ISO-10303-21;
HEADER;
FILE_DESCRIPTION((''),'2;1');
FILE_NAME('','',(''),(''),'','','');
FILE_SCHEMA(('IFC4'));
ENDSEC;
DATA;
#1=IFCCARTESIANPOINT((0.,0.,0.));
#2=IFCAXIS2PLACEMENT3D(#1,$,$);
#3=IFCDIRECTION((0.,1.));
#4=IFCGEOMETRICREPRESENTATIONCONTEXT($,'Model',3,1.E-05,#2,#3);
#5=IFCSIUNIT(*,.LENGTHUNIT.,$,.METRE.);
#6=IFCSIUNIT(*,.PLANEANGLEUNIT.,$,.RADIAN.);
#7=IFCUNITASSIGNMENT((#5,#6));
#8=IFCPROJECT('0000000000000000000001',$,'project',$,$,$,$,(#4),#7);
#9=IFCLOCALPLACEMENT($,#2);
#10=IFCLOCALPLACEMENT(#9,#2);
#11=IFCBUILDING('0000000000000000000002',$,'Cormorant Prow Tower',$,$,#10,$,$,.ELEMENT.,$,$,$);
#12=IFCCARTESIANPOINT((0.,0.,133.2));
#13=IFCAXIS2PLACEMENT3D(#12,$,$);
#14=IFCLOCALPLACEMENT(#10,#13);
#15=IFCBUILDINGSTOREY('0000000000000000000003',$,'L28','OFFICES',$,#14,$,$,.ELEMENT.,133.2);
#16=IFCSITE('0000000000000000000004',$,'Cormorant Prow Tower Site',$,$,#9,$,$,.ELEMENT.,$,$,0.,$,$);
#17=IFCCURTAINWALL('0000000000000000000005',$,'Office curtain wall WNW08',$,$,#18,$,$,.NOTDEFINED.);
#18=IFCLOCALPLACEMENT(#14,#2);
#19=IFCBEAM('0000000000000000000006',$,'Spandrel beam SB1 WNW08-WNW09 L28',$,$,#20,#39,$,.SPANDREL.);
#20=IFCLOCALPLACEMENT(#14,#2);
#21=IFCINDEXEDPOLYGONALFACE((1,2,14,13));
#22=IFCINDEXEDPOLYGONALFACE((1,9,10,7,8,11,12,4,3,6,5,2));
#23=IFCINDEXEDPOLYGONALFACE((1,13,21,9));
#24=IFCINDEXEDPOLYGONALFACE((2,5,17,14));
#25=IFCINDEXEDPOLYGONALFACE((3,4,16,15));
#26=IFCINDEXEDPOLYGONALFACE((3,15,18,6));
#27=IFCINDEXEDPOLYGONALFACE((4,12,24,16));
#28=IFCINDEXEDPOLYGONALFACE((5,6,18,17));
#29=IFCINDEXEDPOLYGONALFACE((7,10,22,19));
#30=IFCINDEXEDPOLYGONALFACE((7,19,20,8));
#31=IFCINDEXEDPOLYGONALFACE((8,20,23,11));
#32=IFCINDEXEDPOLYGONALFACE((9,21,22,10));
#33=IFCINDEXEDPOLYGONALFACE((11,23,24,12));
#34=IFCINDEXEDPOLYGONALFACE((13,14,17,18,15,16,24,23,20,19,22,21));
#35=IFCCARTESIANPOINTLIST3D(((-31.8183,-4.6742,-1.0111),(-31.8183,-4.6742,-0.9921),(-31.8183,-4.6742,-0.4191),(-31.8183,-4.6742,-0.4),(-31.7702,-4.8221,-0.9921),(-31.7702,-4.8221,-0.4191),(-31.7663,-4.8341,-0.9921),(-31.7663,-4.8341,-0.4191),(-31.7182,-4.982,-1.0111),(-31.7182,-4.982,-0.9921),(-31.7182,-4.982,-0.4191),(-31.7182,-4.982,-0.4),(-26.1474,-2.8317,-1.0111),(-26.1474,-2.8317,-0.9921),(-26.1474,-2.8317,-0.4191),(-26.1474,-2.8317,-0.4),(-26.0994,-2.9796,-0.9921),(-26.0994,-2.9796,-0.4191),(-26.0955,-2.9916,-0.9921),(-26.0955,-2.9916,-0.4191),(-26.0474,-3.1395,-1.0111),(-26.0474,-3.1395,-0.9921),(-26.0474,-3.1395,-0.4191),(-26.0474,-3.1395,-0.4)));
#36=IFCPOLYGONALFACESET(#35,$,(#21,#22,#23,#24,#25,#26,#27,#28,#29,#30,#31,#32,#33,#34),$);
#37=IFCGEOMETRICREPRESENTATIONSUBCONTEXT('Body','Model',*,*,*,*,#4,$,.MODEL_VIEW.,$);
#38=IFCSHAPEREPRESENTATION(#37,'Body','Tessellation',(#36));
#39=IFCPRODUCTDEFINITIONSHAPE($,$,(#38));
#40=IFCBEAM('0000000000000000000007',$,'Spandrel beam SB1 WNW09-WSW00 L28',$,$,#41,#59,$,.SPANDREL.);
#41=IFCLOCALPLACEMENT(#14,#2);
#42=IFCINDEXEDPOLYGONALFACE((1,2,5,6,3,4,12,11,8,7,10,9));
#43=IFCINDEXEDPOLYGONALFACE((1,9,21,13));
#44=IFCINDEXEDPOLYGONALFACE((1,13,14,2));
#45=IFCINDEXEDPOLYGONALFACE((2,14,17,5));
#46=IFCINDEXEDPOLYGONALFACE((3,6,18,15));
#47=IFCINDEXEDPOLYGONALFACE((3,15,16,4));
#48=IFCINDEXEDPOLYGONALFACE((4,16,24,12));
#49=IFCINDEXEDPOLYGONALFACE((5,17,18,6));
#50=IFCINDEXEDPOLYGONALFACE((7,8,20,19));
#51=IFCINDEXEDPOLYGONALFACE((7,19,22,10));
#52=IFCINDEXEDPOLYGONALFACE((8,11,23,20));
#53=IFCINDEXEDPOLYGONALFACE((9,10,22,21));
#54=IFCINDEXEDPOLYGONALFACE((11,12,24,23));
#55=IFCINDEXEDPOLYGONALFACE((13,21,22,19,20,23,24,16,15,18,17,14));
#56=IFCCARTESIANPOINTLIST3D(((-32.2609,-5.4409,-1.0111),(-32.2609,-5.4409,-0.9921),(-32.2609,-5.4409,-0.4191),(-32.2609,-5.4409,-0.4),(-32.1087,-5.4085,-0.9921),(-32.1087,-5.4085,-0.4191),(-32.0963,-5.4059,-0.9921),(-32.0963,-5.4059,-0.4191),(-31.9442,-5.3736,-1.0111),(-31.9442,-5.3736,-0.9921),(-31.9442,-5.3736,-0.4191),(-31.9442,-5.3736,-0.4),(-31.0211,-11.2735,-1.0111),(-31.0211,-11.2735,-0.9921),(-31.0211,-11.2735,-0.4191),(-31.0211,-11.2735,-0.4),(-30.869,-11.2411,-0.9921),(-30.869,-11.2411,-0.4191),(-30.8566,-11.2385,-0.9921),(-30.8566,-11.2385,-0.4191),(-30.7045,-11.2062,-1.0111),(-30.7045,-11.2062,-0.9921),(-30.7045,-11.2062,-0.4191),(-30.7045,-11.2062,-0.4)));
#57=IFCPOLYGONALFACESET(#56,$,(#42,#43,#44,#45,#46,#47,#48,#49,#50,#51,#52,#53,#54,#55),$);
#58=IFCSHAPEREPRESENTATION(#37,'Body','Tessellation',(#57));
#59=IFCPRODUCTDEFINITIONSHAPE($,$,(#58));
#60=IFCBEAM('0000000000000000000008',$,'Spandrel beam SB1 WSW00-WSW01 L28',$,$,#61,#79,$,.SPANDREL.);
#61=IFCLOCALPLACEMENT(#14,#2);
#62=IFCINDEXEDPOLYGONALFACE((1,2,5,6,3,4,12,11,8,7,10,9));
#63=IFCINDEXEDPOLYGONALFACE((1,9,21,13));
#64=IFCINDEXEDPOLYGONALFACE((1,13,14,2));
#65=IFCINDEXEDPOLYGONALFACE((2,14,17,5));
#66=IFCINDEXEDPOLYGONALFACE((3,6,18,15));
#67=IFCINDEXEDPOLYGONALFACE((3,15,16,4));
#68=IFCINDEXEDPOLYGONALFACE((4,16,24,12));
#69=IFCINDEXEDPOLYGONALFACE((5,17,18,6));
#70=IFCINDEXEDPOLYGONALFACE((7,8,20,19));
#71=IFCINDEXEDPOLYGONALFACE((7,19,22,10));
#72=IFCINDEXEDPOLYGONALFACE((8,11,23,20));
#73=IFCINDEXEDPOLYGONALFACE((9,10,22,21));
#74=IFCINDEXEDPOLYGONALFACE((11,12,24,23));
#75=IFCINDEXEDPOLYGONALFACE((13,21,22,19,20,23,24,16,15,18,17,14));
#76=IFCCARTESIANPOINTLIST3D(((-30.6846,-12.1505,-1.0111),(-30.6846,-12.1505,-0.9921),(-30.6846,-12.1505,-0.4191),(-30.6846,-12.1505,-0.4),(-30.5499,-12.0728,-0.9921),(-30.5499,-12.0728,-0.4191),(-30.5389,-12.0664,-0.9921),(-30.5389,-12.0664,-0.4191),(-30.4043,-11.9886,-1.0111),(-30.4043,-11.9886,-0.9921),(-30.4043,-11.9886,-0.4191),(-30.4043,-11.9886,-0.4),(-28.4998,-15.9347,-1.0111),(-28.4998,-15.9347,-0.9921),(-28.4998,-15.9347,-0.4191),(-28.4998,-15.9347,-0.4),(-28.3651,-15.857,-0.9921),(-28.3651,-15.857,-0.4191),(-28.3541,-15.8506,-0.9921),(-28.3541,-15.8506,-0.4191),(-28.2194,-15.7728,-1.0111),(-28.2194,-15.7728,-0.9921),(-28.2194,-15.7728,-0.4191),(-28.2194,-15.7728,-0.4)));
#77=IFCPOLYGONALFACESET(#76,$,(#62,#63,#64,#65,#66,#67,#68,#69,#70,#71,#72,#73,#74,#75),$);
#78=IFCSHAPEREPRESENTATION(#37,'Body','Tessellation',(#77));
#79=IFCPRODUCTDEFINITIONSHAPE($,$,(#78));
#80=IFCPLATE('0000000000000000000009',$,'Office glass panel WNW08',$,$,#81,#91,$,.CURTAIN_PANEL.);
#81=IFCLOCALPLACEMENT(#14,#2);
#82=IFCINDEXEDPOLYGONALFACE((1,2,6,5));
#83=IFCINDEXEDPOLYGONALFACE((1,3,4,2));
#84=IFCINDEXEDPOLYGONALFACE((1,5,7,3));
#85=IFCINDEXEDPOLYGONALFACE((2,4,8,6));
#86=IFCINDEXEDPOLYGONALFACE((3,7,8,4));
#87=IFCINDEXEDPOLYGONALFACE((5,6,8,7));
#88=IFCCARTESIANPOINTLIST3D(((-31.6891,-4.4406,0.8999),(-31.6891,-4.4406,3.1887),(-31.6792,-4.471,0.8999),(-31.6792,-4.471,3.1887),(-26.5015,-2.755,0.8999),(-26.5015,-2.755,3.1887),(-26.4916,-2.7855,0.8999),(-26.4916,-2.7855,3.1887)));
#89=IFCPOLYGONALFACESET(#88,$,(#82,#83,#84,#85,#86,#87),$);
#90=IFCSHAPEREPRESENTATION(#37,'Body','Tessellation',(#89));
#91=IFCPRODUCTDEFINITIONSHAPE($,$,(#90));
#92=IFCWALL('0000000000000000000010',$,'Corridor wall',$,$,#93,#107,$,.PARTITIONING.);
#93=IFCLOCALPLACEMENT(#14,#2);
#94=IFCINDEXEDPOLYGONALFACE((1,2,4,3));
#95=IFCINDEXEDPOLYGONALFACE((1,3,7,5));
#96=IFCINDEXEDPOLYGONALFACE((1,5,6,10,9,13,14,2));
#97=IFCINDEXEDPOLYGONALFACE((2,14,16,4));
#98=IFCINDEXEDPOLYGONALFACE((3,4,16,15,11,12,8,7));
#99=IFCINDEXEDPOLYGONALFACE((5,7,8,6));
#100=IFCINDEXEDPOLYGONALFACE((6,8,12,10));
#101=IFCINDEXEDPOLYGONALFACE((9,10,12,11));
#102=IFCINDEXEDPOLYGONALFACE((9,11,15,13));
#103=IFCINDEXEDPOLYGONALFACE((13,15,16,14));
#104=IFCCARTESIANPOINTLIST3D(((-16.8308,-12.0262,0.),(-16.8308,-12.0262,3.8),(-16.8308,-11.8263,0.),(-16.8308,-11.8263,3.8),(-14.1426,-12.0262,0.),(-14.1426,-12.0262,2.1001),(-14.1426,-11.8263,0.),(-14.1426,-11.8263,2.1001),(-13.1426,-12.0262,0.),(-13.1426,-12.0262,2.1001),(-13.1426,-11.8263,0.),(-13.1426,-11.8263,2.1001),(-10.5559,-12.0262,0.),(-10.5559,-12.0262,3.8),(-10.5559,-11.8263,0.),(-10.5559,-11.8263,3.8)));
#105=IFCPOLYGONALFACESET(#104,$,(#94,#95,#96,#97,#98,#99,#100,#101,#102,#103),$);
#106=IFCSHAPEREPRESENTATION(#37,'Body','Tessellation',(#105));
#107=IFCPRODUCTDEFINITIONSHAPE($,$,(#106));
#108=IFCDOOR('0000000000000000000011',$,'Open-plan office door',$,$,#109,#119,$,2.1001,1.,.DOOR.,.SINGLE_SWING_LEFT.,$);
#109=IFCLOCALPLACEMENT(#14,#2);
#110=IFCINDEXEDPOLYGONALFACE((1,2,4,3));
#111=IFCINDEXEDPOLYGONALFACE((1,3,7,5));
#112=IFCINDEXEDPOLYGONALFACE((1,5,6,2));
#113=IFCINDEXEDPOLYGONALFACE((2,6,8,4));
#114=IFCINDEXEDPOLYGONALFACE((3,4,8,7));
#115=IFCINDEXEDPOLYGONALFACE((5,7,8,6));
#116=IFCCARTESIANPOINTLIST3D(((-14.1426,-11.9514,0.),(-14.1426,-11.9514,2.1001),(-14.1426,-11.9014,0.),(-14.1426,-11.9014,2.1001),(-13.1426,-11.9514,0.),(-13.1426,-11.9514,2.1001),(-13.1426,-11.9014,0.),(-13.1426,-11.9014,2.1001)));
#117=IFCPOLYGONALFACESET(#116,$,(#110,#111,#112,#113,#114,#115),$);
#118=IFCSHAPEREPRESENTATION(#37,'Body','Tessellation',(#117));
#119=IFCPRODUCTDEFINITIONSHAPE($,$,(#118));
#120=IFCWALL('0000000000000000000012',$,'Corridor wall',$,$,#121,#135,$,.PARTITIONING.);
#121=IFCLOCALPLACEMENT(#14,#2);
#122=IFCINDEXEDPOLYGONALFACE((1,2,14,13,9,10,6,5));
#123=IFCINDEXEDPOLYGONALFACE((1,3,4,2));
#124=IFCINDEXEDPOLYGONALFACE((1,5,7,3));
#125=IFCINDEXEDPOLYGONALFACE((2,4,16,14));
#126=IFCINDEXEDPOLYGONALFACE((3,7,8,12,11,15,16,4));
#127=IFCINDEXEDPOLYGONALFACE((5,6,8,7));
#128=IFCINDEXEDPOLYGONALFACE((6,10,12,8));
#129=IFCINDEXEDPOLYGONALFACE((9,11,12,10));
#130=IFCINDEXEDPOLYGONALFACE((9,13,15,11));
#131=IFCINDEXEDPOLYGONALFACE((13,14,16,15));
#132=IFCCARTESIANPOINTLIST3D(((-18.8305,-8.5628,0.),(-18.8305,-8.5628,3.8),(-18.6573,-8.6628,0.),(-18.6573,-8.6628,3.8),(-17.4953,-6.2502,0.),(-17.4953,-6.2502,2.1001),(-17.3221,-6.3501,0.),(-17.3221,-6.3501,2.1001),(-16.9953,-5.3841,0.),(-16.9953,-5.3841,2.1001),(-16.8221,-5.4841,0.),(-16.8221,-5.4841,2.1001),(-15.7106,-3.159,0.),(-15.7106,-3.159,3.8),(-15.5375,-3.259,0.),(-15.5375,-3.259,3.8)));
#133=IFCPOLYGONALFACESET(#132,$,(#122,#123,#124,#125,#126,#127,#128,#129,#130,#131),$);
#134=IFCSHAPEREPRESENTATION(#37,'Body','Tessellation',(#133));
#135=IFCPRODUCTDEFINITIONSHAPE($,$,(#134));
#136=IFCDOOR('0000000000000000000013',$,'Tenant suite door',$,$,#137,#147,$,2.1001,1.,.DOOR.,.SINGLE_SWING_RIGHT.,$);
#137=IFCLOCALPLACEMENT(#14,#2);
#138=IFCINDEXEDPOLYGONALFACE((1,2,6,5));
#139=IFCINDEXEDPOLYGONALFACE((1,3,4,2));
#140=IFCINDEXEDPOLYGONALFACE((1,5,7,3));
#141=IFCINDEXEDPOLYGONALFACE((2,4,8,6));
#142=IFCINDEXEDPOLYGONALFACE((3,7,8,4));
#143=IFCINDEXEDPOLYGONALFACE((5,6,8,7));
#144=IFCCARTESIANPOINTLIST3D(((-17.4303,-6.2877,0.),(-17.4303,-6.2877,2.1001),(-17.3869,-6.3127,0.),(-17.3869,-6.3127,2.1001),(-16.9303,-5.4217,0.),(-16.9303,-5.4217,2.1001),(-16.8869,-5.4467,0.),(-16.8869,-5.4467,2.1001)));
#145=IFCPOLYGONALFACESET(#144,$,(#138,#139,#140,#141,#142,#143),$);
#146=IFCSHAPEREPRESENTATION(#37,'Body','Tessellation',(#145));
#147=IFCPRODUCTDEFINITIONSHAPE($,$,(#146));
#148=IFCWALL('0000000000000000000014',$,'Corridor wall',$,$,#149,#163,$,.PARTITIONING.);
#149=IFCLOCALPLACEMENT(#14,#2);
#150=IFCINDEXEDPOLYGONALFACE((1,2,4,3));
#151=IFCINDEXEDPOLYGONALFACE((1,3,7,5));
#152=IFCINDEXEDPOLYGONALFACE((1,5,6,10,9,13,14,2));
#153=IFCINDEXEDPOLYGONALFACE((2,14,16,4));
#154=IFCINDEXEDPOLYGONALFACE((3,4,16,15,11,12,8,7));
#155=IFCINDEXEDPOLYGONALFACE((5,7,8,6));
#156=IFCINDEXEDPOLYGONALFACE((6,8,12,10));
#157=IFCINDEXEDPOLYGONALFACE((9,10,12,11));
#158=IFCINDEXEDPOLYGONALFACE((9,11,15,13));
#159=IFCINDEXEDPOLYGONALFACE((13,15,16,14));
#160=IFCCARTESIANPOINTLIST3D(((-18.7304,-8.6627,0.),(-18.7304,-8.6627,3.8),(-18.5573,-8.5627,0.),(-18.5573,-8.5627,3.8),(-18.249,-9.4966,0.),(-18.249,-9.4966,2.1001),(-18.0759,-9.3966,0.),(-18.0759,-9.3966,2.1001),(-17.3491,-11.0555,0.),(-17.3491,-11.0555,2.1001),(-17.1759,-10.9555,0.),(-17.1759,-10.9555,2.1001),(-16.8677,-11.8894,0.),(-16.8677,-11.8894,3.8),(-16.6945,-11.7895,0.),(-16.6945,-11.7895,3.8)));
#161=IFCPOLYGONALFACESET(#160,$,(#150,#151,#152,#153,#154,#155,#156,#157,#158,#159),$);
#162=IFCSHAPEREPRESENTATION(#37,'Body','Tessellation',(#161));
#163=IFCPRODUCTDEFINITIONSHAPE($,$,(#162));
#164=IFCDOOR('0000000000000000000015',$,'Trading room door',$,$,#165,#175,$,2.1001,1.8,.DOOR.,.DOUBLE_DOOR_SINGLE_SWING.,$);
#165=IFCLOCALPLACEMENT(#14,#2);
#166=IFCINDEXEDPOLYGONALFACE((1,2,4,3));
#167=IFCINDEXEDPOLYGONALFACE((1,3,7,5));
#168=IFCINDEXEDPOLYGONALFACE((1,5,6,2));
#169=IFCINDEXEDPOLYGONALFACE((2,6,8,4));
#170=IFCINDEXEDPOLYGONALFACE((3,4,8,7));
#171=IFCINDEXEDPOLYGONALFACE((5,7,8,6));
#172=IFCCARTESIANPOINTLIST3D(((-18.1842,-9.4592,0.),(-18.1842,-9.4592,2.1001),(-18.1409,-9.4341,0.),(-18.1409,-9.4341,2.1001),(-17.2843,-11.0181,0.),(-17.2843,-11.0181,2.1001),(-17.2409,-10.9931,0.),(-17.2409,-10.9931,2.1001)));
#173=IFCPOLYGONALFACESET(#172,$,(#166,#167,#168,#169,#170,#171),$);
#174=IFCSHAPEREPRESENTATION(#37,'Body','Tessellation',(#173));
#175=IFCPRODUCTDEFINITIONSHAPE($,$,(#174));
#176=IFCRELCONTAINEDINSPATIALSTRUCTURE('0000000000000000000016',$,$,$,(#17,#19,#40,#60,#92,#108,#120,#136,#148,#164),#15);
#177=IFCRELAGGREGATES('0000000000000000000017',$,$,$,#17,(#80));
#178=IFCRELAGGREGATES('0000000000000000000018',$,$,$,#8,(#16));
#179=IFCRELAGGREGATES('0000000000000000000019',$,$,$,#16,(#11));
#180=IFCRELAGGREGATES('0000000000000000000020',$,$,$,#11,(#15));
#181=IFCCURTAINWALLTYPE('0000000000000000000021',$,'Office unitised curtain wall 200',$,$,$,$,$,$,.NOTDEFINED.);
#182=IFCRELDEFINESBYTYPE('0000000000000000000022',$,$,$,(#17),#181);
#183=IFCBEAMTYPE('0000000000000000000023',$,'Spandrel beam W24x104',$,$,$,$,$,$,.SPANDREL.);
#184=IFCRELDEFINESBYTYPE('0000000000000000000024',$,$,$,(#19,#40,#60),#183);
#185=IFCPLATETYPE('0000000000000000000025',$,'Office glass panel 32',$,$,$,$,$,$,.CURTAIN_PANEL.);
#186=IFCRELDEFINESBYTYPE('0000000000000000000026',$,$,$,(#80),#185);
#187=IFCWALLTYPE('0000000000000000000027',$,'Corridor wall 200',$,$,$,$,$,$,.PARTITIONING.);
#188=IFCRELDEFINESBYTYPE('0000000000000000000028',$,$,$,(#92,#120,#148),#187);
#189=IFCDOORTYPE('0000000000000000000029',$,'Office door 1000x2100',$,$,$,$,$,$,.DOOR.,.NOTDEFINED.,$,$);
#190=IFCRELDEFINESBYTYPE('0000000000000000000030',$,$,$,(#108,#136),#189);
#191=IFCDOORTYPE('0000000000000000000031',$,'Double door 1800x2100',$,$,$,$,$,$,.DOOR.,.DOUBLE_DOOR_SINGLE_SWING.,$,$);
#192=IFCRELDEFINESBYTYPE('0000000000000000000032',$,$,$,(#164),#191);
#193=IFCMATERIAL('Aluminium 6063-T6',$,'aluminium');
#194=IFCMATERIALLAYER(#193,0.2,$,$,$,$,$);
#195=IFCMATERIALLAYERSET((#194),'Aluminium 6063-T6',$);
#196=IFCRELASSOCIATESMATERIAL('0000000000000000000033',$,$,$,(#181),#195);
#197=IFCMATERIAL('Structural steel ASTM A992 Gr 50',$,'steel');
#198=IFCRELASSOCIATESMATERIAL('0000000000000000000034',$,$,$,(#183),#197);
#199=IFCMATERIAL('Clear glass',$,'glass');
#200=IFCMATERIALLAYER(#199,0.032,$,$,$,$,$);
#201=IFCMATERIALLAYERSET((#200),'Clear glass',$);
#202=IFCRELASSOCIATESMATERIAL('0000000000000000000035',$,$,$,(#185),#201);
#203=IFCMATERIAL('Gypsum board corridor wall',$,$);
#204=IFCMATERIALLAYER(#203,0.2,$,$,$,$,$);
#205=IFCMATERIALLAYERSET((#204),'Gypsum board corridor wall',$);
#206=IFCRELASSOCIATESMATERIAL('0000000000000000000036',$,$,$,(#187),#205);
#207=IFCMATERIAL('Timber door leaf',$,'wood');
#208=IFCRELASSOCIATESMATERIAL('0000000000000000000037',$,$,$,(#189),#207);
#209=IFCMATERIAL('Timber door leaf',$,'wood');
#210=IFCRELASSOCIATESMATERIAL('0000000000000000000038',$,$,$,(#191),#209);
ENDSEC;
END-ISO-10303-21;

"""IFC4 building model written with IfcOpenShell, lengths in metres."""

from ifc_helpers import new_model, si_unit, direction, frame, frame_2d, origin, origin_2d, place, context, subcontext, project, spatial, rectangle, i_section, extrude, material, layer, layer_set, material_profile, profile_set, type_object, element, fill, aggregate, save


model = new_model("IFC4")

# Units and contexts
model_context = context("Model", 3, precision=1e-05, world=origin(), true_north=direction((0.0, 1.0)))
body_context = subcontext(model_context, "Body", "Model", "MODEL_VIEW")
ifc_project = project(units=[si_unit("LENGTHUNIT", "METRE"), si_unit("PLANEANGLEUNIT", "RADIAN")], contexts=[model_context])

# Site, building, storey
site_placement = place(None, origin())
site = spatial("IfcSite", under=ifc_project, at=site_placement, Name="Cormorant Prow Tower Site", CompositionType="ELEMENT", RefElevation=0.0)
building_placement = place(site_placement, origin())
building = spatial("IfcBuilding", under=site, at=building_placement, Name="Cormorant Prow Tower", CompositionType="ELEMENT")
storey_placement = place(building_placement, frame((0.0, 0.0, 133.2)))
storey = spatial("IfcBuildingStorey", under=building, at=storey_placement, Name="L28", Description="OFFICES", CompositionType="ELEMENT", Elevation=133.2)

# Curtain wall
ifc_material_1 = material(Name="Aluminium 6063-T6", Category="aluminium")
ifc_layer_1 = layer(ifc_material_1, 0.2)
ifc_layer_set_1 = layer_set([ifc_layer_1], Name="Aluminium 6063-T6")
curtain_wall_type = type_object("IfcCurtainWallType", Name="Office unitised curtain wall 200", PredefinedType="NOTDEFINED", material=ifc_layer_set_1)
curtain_wall_placement = place(storey_placement, origin())
curtain_wall = element("IfcCurtainWall", 1, at=curtain_wall_placement, inside=storey, type_object=curtain_wall_type, Name="Office curtain wall WNW08", PredefinedType="NOTDEFINED")

# Beams
ifc_material_2 = material(Name="Structural steel ASTM A992 Gr 50", Category="steel")
ifc_material_profile_1 = material_profile(ifc_material_2, i_section(OverallWidth=0.3237, OverallDepth=0.6111, WebThickness=0.0127, FlangeThickness=0.019, at=origin_2d()), Name="W24x104")
ifc_profile_set_1 = profile_set([ifc_material_profile_1], Name="Structural steel ASTM A992 Gr 50")
beam_type_1 = type_object("IfcBeamType", Name="Spandrel beam W24x104", PredefinedType="SPANDREL", material=ifc_profile_set_1)
beam_1_placement = place(storey_placement, frame((-26.0974, -2.9856, -0.7056), z_axis=(-0.951059, -0.309008, 0.0), x_axis=(0.309008, -0.951059, 0.0)))
element("IfcBeam", 2, at=beam_1_placement, inside=storey, type_object=beam_type_1, Name="Spandrel beam SB1 WNW08-WNW09 L28", PredefinedType="SPANDREL", context=body_context, shape_type="SweptSolid", body=[
    extrude(i_section(OverallWidth=0.3237, OverallDepth=0.6111, WebThickness=0.0127, FlangeThickness=0.019, at=origin_2d()), origin(), (0.0, 0.0, 1.0), 5.9626),
])
beam_2_placement = place(storey_placement, frame((-32.1025, -5.4072, -0.7056), z_axis=(0.207913, -0.978147, 0.0), x_axis=(0.978147, 0.207913, 0.0)))
element("IfcBeam", 3, at=beam_2_placement, inside=storey, type_object=beam_type_1, Name="Spandrel beam SB1 WNW09-WSW00 L28", PredefinedType="SPANDREL", context=body_context, shape_type="SweptSolid", body=[
    extrude(i_section(OverallWidth=0.3237, OverallDepth=0.6111, WebThickness=0.0127, FlangeThickness=0.019, at=origin_2d()), origin(), (0.0, 0.0, 1.0), 5.9629),
])
beam_3_placement = place(storey_placement, frame((-30.5444, -12.0696, -0.7056), z_axis=(0.500003, -0.866024, 0.0), x_axis=(0.866024, 0.500003, 0.0)))
element("IfcBeam", 4, at=beam_3_placement, inside=storey, type_object=beam_type_1, Name="Spandrel beam SB1 WSW00-WSW01 L28", PredefinedType="SPANDREL", context=body_context, shape_type="SweptSolid", body=[
    extrude(i_section(OverallWidth=0.3237, OverallDepth=0.6111, WebThickness=0.0127, FlangeThickness=0.019, at=origin_2d()), origin(), (0.0, 0.0, 1.0), 4.3696),
])

# Plate
ifc_material_3 = material(Name="Clear glass", Category="glass")
ifc_layer_2 = layer(ifc_material_3, 0.032)
ifc_layer_set_2 = layer_set([ifc_layer_2], Name="Clear glass")
plate_type = type_object("IfcPlateType", Name="Office glass panel 32", PredefinedType="CURTAIN_PANEL", material=ifc_layer_set_2)
plate_placement = place(storey_placement, frame((-29.0903, -3.613, 0.8999), z_axis=(0.0, 0.0, 1.0), x_axis=(-0.951056, -0.309017, 0.0)))
plate = element("IfcPlate", 5, at=plate_placement, type_object=plate_type, Name="Office glass panel WNW08", PredefinedType="CURTAIN_PANEL", context=body_context, shape_type="SweptSolid", body=[
    extrude(rectangle(XDim=5.4546, YDim=0.032, at=origin_2d()), origin(), (0.0, 0.0, 1.0), 2.2888),
])
aggregate(curtain_wall, [plate])

# Walls, openings, doors
ifc_material_4 = material(Name="Gypsum board corridor wall")
ifc_layer_3 = layer(ifc_material_4, 0.2)
ifc_layer_set_3 = layer_set([ifc_layer_3], Name="Gypsum board corridor wall")
wall_type_1 = type_object("IfcWallType", Name="Corridor wall 200", PredefinedType="PARTITIONING", material=ifc_layer_set_3)
wall_1_placement = place(storey_placement, frame((-16.8308, -11.9263, 0.0), z_axis=(0.0, 0.0, 1.0), x_axis=(1.0, 0.0, 0.0)))
wall_1 = element("IfcWall", 6, at=wall_1_placement, inside=storey, type_object=wall_type_1, Name="Corridor wall", PredefinedType="PARTITIONING", context=body_context, shape_type="SweptSolid", body=[
    extrude(rectangle(XDim=6.2749, YDim=0.2, at=frame_2d((3.1375, 0.0))), origin(), (0.0, 0.0, 1.0), 3.8),
])
opening_1_placement = place(wall_1_placement, frame((2.6882, 0.0, 0.0)))
opening_1 = element("IfcOpeningElement", 7, at=opening_1_placement, cuts=wall_1, PredefinedType="OPENING", context=body_context, shape_type="SweptSolid", body=[
    extrude(rectangle(XDim=1.0, YDim=2.1001, at=frame_2d((0.5, 1.05))), frame((0.0, 0.1099, 0.0), z_axis=(0.0, -1.0, 0.0), x_axis=(1.0, 0.0, 0.0)), (0.0, 0.0, 1.0), 0.22),
])
ifc_material_5 = material(Name="Timber door leaf", Category="wood")
door_type_1 = type_object("IfcDoorType", Name="Office door 1000x2100", OperationType="NOTDEFINED", PredefinedType="DOOR", material=ifc_material_5)
door_1_placement = place(opening_1_placement, origin())
door_1 = element("IfcDoor", 8, at=door_1_placement, inside=storey, type_object=door_type_1, Name="Open-plan office door", OperationType="SINGLE_SWING_LEFT", OverallHeight=2.1001, OverallWidth=1.0, PredefinedType="DOOR", context=body_context, shape_type="SweptSolid", body=[
    extrude(rectangle(XDim=1.0, YDim=2.1001, at=frame_2d((0.5, 1.05))), frame((0.0, 0.0249, 0.0), z_axis=(0.0, -1.0, 0.0), x_axis=(1.0, 0.0, 0.0)), (0.0, 0.0, 1.0), 0.05),
])
fill(opening_1, door_1)
wall_2_placement = place(storey_placement, frame((-18.7439, -8.6128, 0.0), z_axis=(0.0, 0.0, 1.0), x_axis=(0.499998, 0.866027, 0.0)))
wall_2 = element("IfcWall", 9, at=wall_2_placement, inside=storey, type_object=wall_type_1, Name="Corridor wall", PredefinedType="PARTITIONING", context=body_context, shape_type="SweptSolid", body=[
    extrude(rectangle(XDim=6.2397, YDim=0.2, at=frame_2d((3.1199, 0.0))), origin(), (0.0, 0.0, 1.0), 3.8),
])
opening_2_placement = place(wall_2_placement, frame((2.6704, 0.0, 0.0)))
opening_2 = element("IfcOpeningElement", 10, at=opening_2_placement, cuts=wall_2, PredefinedType="OPENING", context=body_context, shape_type="SweptSolid", body=[
    extrude(rectangle(XDim=1.0, YDim=2.1001, at=frame_2d((0.5, 1.05))), frame((0.0, 0.1099, 0.0), z_axis=(0.0, -1.0, 0.0), x_axis=(1.0, 0.0, 0.0)), (0.0, 0.0, 1.0), 0.22),
])
door_2_placement = place(opening_2_placement, origin())
door_2 = element("IfcDoor", 11, at=door_2_placement, inside=storey, type_object=door_type_1, Name="Tenant suite door", OperationType="SINGLE_SWING_RIGHT", OverallHeight=2.1001, OverallWidth=1.0, PredefinedType="DOOR", context=body_context, shape_type="SweptSolid", body=[
    extrude(rectangle(XDim=1.0, YDim=2.1001, at=frame_2d((0.5, 1.05))), frame((0.0, 0.0249, 0.0), z_axis=(0.0, -1.0, 0.0), x_axis=(1.0, 0.0, 0.0)), (0.0, 0.0, 1.0), 0.05),
])
fill(opening_2, door_2)
wall_3_placement = place(storey_placement, frame((-18.6438, -8.6128, 0.0), z_axis=(0.0, 0.0, 1.0), x_axis=(0.499959, -0.866049, 0.0)))
wall_3 = element("IfcWall", 12, at=wall_3_placement, inside=storey, type_object=wall_type_1, Name="Corridor wall", PredefinedType="PARTITIONING", context=body_context, shape_type="SweptSolid", body=[
    extrude(rectangle(XDim=3.7258, YDim=0.2, at=frame_2d((1.8628, 0.0))), origin(), (0.0, 0.0, 1.0), 3.8),
])
opening_3_placement = place(wall_3_placement, frame((0.9629, 0.0, 0.0)))
opening_3 = element("IfcOpeningElement", 13, at=opening_3_placement, cuts=wall_3, PredefinedType="OPENING", context=body_context, shape_type="SweptSolid", body=[
    extrude(rectangle(XDim=1.8, YDim=2.1001, at=frame_2d((0.8999, 1.05))), frame((0.0, 0.1099, 0.0), z_axis=(0.0, -1.0, 0.0), x_axis=(1.0, 0.0, 0.0)), (0.0, 0.0, 1.0), 0.22),
])
ifc_material_6 = material(Name="Timber door leaf", Category="wood")
door_type_2 = type_object("IfcDoorType", Name="Double door 1800x2100", OperationType="DOUBLE_DOOR_SINGLE_SWING", PredefinedType="DOOR", material=ifc_material_6)
door_3_placement = place(opening_3_placement, origin())
door_3 = element("IfcDoor", 14, at=door_3_placement, inside=storey, type_object=door_type_2, Name="Trading room door", OperationType="DOUBLE_DOOR_SINGLE_SWING", OverallHeight=2.1001, OverallWidth=1.8, PredefinedType="DOOR", context=body_context, shape_type="SweptSolid", body=[
    extrude(rectangle(XDim=1.8, YDim=2.1001, at=frame_2d((0.8999, 1.05))), frame((0.0, 0.0249, 0.0), z_axis=(0.0, -1.0, 0.0), x_axis=(1.0, 0.0, 0.0)), (0.0, 0.0, 1.0), 0.05),
])
fill(opening_3, door_3)

save(model, "model.ifc")
